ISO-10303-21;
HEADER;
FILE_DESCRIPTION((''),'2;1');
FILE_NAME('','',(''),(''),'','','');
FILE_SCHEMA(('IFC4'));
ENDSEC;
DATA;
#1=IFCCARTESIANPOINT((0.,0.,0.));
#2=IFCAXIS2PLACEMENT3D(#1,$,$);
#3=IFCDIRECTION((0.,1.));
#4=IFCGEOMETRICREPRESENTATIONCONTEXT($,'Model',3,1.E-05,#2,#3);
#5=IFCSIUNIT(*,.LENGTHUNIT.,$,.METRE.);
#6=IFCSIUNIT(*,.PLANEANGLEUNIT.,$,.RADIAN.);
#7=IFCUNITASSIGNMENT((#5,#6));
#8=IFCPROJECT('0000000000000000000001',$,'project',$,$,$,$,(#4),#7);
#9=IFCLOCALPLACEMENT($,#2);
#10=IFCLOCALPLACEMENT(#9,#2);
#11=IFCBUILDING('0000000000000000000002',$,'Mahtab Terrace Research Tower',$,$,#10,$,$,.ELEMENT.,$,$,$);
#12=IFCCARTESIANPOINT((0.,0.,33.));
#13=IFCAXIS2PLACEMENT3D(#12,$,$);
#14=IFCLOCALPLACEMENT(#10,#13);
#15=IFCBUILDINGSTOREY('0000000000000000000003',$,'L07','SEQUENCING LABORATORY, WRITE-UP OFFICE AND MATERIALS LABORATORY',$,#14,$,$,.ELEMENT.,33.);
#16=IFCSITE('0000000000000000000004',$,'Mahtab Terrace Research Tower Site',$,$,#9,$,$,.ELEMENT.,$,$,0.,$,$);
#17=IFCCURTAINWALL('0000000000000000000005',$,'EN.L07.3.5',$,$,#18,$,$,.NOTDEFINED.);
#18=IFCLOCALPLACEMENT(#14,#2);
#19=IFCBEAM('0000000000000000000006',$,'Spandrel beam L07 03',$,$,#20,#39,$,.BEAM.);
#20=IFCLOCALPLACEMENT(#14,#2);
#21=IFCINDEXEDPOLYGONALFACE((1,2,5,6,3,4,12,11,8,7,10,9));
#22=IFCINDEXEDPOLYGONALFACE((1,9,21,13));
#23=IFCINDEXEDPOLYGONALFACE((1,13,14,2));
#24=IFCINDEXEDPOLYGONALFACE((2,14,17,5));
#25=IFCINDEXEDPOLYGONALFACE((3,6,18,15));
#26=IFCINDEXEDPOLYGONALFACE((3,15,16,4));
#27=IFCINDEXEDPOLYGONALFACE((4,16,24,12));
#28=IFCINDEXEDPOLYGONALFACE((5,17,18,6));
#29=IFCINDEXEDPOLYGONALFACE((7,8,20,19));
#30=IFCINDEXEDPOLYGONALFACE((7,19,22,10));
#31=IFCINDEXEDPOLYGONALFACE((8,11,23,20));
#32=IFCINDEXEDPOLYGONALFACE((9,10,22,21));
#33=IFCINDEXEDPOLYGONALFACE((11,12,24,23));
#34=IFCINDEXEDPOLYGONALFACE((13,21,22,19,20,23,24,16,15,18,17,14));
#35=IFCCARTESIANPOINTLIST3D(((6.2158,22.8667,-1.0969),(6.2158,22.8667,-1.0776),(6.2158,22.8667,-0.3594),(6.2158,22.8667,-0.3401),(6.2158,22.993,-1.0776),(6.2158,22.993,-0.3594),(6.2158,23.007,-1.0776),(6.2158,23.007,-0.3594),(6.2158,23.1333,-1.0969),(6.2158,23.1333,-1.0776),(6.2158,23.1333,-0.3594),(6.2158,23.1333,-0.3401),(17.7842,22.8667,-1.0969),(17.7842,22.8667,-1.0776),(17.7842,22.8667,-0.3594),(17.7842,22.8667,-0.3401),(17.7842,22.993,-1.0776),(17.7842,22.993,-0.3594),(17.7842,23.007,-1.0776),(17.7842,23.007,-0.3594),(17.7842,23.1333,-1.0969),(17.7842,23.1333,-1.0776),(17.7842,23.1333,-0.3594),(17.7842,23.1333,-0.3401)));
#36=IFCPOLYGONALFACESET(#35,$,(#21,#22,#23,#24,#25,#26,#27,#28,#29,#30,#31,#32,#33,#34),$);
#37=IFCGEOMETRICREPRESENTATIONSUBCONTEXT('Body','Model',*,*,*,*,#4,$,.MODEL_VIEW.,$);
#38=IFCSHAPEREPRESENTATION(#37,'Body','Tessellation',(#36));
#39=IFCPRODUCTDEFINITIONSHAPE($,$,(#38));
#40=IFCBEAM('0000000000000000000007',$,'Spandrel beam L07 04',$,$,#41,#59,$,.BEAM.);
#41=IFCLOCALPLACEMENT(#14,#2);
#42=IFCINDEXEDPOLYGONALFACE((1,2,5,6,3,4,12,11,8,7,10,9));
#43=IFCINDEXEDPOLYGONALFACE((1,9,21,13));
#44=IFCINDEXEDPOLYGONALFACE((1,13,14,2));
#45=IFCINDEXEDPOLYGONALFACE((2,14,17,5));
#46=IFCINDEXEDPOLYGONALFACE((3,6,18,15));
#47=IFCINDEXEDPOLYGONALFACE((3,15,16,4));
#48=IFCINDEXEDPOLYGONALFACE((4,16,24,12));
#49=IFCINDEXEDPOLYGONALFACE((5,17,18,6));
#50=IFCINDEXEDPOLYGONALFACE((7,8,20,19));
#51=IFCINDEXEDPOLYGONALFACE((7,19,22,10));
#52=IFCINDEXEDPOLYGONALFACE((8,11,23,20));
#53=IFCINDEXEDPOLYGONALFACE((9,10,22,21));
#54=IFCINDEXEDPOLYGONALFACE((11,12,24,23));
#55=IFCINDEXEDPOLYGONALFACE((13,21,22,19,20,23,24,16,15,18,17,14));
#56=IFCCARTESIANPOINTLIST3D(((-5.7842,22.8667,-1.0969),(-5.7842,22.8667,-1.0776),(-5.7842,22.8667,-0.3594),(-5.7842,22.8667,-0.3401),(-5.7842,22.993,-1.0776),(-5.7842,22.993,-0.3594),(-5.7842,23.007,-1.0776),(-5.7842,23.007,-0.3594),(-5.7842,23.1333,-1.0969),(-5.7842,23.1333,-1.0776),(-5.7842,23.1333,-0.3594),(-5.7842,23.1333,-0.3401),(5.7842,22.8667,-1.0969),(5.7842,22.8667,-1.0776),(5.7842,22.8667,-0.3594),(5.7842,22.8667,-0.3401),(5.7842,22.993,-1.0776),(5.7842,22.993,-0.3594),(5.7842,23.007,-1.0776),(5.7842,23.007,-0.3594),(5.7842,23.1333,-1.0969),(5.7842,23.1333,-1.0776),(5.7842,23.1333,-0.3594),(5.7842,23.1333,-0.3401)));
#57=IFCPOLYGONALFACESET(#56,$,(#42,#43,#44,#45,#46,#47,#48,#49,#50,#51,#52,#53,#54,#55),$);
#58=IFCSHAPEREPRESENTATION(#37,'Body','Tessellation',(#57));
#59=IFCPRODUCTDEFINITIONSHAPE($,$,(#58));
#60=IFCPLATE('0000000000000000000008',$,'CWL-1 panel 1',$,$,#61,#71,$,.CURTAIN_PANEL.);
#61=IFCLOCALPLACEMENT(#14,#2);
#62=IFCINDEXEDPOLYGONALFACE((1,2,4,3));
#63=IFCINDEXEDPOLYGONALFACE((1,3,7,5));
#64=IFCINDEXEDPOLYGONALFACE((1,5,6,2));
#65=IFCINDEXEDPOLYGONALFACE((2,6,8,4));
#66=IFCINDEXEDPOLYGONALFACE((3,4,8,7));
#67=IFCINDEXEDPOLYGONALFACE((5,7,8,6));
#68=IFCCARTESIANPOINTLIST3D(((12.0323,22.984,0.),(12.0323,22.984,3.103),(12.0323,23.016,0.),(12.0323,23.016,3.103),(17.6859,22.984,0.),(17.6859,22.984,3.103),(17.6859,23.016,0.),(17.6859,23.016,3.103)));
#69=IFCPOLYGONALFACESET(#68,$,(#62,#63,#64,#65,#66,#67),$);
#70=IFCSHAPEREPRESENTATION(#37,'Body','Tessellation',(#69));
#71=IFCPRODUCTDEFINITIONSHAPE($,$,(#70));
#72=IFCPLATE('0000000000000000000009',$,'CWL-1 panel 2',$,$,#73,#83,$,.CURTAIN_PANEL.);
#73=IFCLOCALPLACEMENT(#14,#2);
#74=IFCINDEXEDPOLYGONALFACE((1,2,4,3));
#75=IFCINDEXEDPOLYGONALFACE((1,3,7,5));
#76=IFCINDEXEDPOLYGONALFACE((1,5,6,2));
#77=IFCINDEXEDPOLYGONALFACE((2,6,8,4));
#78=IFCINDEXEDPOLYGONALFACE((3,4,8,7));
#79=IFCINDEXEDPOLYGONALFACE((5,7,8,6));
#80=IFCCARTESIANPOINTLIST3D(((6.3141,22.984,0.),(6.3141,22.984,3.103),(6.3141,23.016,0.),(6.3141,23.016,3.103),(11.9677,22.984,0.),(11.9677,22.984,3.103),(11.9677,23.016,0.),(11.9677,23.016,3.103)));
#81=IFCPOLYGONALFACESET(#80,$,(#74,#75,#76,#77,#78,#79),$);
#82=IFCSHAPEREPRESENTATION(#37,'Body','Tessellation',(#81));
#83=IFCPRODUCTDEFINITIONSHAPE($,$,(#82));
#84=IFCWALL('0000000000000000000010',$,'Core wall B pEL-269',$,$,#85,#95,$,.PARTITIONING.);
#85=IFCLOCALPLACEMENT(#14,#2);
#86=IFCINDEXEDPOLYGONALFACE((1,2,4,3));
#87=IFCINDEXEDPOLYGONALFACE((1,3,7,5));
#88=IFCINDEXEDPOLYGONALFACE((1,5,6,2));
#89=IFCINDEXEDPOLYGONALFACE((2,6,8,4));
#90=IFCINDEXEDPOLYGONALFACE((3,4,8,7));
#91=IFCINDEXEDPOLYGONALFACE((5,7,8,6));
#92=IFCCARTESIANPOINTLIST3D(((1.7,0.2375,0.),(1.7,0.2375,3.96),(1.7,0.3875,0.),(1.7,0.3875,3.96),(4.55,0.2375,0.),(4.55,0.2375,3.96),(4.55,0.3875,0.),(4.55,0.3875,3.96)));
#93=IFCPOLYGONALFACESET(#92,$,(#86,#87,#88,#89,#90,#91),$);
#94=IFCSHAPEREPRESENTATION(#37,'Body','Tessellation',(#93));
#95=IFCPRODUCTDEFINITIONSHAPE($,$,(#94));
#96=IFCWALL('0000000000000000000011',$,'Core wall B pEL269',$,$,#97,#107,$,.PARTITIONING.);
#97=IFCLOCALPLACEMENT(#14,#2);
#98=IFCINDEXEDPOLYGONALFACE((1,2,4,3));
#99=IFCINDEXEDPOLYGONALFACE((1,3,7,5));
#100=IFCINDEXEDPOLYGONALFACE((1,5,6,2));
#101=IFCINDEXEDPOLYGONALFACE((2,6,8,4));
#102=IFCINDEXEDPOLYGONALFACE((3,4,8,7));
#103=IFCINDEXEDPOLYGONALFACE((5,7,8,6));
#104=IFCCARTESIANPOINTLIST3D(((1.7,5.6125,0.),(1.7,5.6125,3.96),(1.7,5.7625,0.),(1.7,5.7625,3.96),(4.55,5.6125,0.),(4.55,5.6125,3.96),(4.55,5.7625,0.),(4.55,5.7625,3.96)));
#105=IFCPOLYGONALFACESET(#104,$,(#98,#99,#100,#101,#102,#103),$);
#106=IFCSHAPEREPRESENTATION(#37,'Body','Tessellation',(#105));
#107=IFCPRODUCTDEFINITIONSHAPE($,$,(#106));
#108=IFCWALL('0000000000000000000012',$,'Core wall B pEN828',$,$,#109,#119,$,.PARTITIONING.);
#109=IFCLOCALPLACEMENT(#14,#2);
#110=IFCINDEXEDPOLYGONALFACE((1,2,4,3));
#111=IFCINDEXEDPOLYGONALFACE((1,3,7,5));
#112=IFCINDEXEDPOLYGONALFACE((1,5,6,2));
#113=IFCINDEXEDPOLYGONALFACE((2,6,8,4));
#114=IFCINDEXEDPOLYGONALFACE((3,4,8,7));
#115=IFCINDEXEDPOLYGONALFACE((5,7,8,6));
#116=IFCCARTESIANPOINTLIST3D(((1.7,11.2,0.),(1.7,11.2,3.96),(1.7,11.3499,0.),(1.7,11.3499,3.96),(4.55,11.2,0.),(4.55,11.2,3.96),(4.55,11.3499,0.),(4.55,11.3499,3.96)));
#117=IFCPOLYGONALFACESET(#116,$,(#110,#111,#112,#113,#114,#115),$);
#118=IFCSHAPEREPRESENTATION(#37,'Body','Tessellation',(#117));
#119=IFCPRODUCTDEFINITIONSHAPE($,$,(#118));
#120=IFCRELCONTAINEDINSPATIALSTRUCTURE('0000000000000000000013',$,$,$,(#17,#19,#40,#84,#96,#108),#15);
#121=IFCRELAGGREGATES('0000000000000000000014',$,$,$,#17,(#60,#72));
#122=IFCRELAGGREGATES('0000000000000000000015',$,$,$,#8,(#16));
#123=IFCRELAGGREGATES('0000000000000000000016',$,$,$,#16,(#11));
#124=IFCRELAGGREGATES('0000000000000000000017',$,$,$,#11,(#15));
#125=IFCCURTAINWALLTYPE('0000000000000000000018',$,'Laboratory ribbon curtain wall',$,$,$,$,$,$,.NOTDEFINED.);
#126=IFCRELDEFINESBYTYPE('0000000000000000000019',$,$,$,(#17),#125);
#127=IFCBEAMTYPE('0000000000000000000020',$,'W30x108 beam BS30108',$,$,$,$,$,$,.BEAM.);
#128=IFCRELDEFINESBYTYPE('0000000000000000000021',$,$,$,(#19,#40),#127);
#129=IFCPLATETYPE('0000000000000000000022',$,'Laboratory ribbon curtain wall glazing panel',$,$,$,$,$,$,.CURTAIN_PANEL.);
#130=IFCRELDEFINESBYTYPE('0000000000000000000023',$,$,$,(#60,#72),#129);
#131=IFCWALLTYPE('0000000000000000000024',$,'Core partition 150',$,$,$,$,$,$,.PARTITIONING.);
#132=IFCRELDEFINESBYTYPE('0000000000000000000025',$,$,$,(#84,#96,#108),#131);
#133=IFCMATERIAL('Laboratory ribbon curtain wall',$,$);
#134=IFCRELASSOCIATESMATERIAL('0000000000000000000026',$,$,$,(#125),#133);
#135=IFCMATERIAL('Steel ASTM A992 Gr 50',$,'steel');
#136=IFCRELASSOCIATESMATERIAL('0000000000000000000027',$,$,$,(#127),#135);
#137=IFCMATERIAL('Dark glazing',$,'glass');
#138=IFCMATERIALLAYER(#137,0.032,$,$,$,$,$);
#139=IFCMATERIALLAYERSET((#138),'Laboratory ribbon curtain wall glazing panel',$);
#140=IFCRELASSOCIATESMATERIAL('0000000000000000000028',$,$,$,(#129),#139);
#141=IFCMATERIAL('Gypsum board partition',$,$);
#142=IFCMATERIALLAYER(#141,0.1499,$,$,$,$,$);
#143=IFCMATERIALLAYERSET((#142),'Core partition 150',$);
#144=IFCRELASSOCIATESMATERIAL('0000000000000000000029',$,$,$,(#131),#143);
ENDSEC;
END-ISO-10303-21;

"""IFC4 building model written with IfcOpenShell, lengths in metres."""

from ifc_helpers import new_model, si_unit, direction, frame, frame_2d, origin, origin_2d, place, context, subcontext, project, spatial, rectangle, i_section, extrude, material, layer, layer_set, material_profile, profile_set, type_object, element, aggregate, save


model = new_model("IFC4")

# Units and contexts
model_context = context("Model", 3, precision=1e-05, world=origin(), true_north=direction((0.0, 1.0)))
body_context = subcontext(model_context, "Body", "Model", "MODEL_VIEW")
ifc_project = project(units=[si_unit("LENGTHUNIT", "METRE"), si_unit("PLANEANGLEUNIT", "RADIAN")], contexts=[model_context])

# Site, building, storey
site_placement = place(None, origin())
site = spatial("IfcSite", under=ifc_project, at=site_placement, Name="Mahtab Terrace Research Tower Site", CompositionType="ELEMENT", RefElevation=0.0)
building_placement = place(site_placement, origin())
building = spatial("IfcBuilding", under=site, at=building_placement, Name="Mahtab Terrace Research Tower", CompositionType="ELEMENT")
storey_placement = place(building_placement, frame((0.0, 0.0, 33.0)))
storey = spatial("IfcBuildingStorey", under=building, at=storey_placement, Name="L07", Description="SEQUENCING LABORATORY, WRITE-UP OFFICE AND MATERIALS LABORATORY", CompositionType="ELEMENT", Elevation=33.0)

# Shared definitions
ifc_material_1 = material(Name="Steel ASTM A992 Gr 50", Category="steel")

# Shared definitions
ifc_material_2 = material(Name="Laboratory ribbon curtain wall")
curtain_wall_type = type_object("IfcCurtainWallType", Name="Laboratory ribbon curtain wall", PredefinedType="NOTDEFINED", material=ifc_material_2)

# Curtain wall
curtain_wall_1_placement = place(storey_placement, origin())
curtain_wall_1 = element("IfcCurtainWall", 1, at=curtain_wall_1_placement, inside=storey, type_object=curtain_wall_type, Name="EN.L07.3.5", PredefinedType="NOTDEFINED")

# Beams
ifc_material_profile_1 = material_profile(ifc_material_1, i_section(OverallWidth=0.2666, OverallDepth=0.7568, WebThickness=0.0139, FlangeThickness=0.0193, at=origin_2d()), Name="W30X108")
ifc_profile_set_1 = profile_set([ifc_material_profile_1], Name="Steel ASTM A992 Gr 50")
beam_type = type_object("IfcBeamType", Name="W30x108 beam BS30108", PredefinedType="BEAM", material=ifc_profile_set_1)
for number, where, z_axis, x_axis, name in (
    (2, (17.7842, 23.0, -0.7185), (-1.0, 0.0, 0.0), (0.0, -1.0, 0.0), "Spandrel beam L07 03"),
    (3, (5.7842, 23.0, -0.7185), (-1.0, 0.0, 0.0), (0.0, -1.0, 0.0), "Spandrel beam L07 04"),
):
    element("IfcBeam", number, at=place(storey_placement, frame(where, z_axis=z_axis, x_axis=x_axis)), inside=storey, type_object=beam_type, Name=name, PredefinedType="BEAM", context=body_context, shape_type="SweptSolid", body=[
        extrude(i_section(OverallWidth=0.2666, OverallDepth=0.7568, WebThickness=0.0139, FlangeThickness=0.0193, at=origin_2d()), origin(), (0.0, 0.0, 1.0), 11.5684),
    ])

# Plates
ifc_material_3 = material(Name="Dark glazing", Category="glass")
ifc_layer_1 = layer(ifc_material_3, 0.032)
ifc_layer_set_1 = layer_set([ifc_layer_1], Name="Laboratory ribbon curtain wall glazing panel")
plate_type = type_object("IfcPlateType", Name="Laboratory ribbon curtain wall glazing panel", PredefinedType="CURTAIN_PANEL", material=ifc_layer_set_1)
plate_1_placement = place(storey_placement, frame((14.8591, 23.0, 0.0), z_axis=(0.0, 0.0, 1.0), x_axis=(-1.0, 0.0, 0.0)))
plate_1 = element("IfcPlate", 4, at=plate_1_placement, type_object=plate_type, Name="CWL-1 panel 1", PredefinedType="CURTAIN_PANEL", context=body_context, shape_type="SweptSolid", body=[
    extrude(rectangle(XDim=5.6536, YDim=0.032, at=origin_2d()), origin(), (0.0, 0.0, 1.0), 3.103),
])
plate_2_placement = place(storey_placement, frame((9.1409, 23.0, 0.0), z_axis=(0.0, 0.0, 1.0), x_axis=(-1.0, 0.0, 0.0)))
plate_2 = element("IfcPlate", 5, at=plate_2_placement, type_object=plate_type, Name="CWL-1 panel 2", PredefinedType="CURTAIN_PANEL", context=body_context, shape_type="SweptSolid", body=[
    extrude(rectangle(XDim=5.6536, YDim=0.032, at=origin_2d()), origin(), (0.0, 0.0, 1.0), 3.103),
])
aggregate(curtain_wall_1, [plate_1, plate_2])

# Walls
ifc_material_4 = material(Name="Gypsum board partition")
ifc_layer_2 = layer(ifc_material_4, 0.1499)
ifc_layer_set_2 = layer_set([ifc_layer_2], Name="Core partition 150")
wall_type_1 = type_object("IfcWallType", Name="Core partition 150", PredefinedType="PARTITIONING", material=ifc_layer_set_2)
for number, where, z_axis, x_axis, name in (
    (6, (1.7, 0.3125, 0.0), (0.0, 0.0, 1.0), (1.0, 0.0, 0.0), "Core wall B pEL-269"),
    (7, (1.7, 5.6875, 0.0), (0.0, 0.0, 1.0), (1.0, 0.0, 0.0), "Core wall B pEL269"),
    (8, (1.7, 11.2749, 0.0), (0.0, 0.0, 1.0), (1.0, 0.0, 0.0), "Core wall B pEN828"),
):
    element("IfcWall", number, at=place(storey_placement, frame(where, z_axis=z_axis, x_axis=x_axis)), inside=storey, type_object=wall_type_1, Name=name, PredefinedType="PARTITIONING", context=body_context, shape_type="SweptSolid", body=[
        extrude(rectangle(XDim=2.8501, YDim=0.1499, at=frame_2d((1.425, 0.0))), origin(), (0.0, 0.0, 1.0), 3.96),
    ])

save(model, "model.ifc")
